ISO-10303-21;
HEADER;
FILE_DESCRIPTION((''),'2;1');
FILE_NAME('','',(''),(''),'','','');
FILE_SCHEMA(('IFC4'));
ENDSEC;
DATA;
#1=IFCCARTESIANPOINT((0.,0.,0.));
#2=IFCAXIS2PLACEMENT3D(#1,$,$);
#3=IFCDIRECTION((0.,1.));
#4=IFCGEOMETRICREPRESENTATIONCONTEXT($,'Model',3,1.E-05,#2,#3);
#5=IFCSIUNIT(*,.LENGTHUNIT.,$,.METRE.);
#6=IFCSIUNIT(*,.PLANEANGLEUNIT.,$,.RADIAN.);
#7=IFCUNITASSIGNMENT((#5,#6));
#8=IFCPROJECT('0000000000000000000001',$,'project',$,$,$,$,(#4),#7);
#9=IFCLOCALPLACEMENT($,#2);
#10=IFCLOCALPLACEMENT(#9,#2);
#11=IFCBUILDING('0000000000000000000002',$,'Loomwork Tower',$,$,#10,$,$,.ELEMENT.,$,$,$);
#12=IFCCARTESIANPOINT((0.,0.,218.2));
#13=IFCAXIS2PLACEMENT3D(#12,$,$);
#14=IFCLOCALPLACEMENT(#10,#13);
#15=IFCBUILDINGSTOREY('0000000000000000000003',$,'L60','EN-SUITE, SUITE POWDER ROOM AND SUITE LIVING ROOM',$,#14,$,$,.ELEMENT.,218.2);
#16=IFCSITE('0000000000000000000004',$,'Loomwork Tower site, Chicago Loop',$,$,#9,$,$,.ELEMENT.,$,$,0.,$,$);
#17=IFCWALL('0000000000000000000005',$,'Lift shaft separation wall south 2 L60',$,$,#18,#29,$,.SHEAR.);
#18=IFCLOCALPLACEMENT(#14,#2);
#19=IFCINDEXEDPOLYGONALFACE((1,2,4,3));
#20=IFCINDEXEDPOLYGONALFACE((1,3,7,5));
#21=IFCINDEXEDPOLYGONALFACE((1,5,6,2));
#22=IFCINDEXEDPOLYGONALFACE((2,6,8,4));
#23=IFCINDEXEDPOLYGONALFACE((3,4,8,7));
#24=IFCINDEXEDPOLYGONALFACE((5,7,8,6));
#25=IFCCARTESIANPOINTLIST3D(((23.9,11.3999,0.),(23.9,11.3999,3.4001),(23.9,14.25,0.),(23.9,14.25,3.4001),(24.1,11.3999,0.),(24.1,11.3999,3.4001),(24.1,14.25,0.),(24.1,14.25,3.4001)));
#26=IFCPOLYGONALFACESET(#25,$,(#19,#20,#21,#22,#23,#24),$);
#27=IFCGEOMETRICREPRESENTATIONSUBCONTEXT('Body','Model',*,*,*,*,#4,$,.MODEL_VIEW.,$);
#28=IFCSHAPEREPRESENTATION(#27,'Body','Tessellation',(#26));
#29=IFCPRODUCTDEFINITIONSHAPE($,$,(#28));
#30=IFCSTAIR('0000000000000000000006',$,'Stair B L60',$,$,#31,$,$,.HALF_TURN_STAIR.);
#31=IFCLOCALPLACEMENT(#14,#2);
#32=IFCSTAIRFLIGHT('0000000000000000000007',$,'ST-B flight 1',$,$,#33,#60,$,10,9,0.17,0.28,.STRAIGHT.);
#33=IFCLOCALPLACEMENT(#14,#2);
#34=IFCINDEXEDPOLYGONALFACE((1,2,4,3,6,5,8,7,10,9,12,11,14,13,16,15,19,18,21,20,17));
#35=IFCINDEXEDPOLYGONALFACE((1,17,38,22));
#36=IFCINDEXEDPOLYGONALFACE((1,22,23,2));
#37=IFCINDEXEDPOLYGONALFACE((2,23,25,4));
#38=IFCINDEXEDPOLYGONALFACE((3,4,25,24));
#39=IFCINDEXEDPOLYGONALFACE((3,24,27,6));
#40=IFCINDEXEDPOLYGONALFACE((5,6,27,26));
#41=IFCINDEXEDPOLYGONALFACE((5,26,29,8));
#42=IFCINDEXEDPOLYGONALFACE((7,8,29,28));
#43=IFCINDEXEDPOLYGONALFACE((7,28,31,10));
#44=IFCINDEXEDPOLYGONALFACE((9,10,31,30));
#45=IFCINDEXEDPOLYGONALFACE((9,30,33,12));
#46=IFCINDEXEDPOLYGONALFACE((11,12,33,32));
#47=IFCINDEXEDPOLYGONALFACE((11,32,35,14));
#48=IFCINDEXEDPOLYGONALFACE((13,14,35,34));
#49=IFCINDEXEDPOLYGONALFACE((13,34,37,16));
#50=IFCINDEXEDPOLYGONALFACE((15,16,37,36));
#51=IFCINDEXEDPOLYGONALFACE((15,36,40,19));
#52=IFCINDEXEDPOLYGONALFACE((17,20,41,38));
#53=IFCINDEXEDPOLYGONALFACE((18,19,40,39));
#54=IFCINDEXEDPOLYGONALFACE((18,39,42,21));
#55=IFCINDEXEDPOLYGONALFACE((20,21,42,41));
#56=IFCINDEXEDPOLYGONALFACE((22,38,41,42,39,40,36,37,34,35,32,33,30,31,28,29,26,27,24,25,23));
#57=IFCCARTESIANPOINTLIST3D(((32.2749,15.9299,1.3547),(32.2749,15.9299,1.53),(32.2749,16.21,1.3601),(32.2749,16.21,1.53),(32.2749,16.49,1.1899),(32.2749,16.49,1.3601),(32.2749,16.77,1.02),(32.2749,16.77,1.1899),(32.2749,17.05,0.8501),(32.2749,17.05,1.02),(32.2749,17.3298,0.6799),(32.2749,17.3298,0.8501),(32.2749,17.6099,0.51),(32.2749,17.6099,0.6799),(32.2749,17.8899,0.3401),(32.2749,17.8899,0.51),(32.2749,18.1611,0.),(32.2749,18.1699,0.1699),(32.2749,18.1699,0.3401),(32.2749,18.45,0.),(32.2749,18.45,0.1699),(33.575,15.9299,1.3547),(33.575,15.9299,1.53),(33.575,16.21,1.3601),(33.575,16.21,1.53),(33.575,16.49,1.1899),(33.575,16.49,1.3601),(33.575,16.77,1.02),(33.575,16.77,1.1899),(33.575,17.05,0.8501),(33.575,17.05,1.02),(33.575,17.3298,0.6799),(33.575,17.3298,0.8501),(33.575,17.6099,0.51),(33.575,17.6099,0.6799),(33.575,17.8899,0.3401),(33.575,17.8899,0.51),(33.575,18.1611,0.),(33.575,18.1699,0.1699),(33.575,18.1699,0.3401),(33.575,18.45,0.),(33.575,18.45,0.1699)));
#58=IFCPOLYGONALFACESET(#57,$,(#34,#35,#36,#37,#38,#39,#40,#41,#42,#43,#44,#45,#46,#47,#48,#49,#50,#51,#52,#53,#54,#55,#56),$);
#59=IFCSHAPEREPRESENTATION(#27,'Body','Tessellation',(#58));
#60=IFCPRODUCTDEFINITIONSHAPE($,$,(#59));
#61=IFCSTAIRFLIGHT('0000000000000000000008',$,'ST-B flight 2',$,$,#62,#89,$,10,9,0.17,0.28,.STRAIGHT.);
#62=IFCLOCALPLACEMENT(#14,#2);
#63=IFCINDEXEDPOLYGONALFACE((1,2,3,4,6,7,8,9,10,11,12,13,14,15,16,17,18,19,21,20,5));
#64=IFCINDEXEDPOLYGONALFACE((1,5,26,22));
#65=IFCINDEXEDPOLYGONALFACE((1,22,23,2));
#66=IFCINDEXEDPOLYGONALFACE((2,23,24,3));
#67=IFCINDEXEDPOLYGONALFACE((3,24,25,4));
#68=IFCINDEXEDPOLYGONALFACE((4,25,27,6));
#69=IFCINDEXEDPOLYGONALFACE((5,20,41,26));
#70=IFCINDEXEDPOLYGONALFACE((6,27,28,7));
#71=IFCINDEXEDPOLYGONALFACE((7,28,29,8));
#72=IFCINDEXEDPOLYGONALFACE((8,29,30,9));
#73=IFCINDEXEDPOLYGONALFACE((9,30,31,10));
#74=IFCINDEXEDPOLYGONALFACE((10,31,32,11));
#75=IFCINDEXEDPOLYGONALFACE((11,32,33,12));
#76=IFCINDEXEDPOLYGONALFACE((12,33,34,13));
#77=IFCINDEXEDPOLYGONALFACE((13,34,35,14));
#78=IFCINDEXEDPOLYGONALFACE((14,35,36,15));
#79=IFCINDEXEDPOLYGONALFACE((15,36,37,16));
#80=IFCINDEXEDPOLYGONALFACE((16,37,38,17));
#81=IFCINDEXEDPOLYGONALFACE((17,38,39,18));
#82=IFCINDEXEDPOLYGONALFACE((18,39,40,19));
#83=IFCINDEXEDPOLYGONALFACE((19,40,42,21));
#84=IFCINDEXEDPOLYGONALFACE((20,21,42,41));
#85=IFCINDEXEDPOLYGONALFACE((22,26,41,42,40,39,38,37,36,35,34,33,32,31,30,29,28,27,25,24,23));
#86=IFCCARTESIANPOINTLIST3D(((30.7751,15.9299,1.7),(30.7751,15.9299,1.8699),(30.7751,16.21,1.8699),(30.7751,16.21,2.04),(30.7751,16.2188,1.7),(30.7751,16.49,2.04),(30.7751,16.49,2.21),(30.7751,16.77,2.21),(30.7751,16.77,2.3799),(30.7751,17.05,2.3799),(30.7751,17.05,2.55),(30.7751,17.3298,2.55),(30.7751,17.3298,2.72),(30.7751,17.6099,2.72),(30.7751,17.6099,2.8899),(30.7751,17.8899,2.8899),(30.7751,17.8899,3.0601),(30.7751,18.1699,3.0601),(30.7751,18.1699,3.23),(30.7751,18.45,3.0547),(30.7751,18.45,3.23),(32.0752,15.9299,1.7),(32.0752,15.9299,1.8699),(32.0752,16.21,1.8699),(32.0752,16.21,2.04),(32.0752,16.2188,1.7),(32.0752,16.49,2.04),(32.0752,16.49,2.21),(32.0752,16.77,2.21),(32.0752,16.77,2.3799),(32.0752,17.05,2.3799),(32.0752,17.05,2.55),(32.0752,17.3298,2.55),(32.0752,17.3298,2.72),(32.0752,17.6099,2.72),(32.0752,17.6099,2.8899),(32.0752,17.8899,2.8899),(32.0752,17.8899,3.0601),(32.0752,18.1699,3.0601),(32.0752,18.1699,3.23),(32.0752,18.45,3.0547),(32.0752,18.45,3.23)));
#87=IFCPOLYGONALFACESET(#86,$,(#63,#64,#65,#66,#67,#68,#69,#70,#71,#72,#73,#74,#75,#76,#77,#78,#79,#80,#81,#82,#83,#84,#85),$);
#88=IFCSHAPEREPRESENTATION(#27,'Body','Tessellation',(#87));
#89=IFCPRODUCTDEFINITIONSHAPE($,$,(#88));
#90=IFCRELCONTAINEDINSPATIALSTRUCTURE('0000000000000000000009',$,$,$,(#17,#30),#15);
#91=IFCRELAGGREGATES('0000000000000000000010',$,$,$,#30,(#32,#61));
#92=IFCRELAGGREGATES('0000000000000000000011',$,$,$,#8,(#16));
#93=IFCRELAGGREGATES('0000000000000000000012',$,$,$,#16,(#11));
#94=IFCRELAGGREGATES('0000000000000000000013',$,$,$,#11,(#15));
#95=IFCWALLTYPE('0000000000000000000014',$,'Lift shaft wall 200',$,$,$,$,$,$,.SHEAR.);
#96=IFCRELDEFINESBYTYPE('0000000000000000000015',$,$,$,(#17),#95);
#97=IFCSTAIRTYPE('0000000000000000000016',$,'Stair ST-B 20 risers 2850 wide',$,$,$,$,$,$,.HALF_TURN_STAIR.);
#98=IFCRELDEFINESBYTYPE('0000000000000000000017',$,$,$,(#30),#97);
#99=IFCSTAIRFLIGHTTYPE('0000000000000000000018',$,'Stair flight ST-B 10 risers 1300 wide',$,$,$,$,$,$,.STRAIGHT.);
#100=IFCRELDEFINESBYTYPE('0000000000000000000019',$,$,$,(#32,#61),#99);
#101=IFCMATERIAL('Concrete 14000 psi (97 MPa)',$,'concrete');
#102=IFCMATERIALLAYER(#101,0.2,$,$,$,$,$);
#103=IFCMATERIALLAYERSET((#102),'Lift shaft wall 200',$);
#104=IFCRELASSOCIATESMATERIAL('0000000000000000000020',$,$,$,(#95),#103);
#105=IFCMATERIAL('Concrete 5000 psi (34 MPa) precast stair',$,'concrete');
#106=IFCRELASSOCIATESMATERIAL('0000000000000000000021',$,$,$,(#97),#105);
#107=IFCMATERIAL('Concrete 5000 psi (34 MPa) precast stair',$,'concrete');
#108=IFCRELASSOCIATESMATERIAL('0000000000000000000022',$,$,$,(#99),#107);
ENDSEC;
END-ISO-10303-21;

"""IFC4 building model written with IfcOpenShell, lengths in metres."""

from ifc_helpers import new_model, si_unit, direction, frame, frame_2d, origin, place, context, subcontext, project, spatial, polyline, rectangle, outline, extrude, material, layer, layer_set, type_object, element, aggregate, save


model = new_model("IFC4")

# Units and contexts
model_context = context("Model", 3, precision=1e-05, world=origin(), true_north=direction((0.0, 1.0)))
body_context = subcontext(model_context, "Body", "Model", "MODEL_VIEW")
ifc_project = project(units=[si_unit("LENGTHUNIT", "METRE"), si_unit("PLANEANGLEUNIT", "RADIAN")], contexts=[model_context])

# Site, building, storey
site_placement = place(None, origin())
site = spatial("IfcSite", under=ifc_project, at=site_placement, Name="Loomwork Tower site, Chicago Loop", CompositionType="ELEMENT", RefElevation=0.0)
building_placement = place(site_placement, origin())
building = spatial("IfcBuilding", under=site, at=building_placement, Name="Loomwork Tower", CompositionType="ELEMENT")
storey_placement = place(building_placement, frame((0.0, 0.0, 218.2)))
storey = spatial("IfcBuildingStorey", under=building, at=storey_placement, Name="L60", Description="EN-SUITE, SUITE POWDER ROOM AND SUITE LIVING ROOM", CompositionType="ELEMENT", Elevation=218.2)

# Wall
ifc_material_1 = material(Name="Concrete 14000 psi (97 MPa)", Category="concrete")
ifc_layer_1 = layer(ifc_material_1, 0.2)
ifc_layer_set_1 = layer_set([ifc_layer_1], Name="Lift shaft wall 200")
wall_type_1 = type_object("IfcWallType", Name="Lift shaft wall 200", PredefinedType="SHEAR", material=ifc_layer_set_1)
for number, where, z_axis, x_axis, name in (
    (1, (24.0, 11.3999, 0.0), (0.0, 0.0, 1.0), (0.0, 1.0, 0.0), "Lift shaft separation wall south 2 L60"),
):
    element("IfcWall", number, at=place(storey_placement, frame(where, z_axis=z_axis, x_axis=x_axis)), inside=storey, type_object=wall_type_1, Name=name, PredefinedType="SHEAR", context=body_context, shape_type="SweptSolid", body=[
        extrude(rectangle(XDim=2.8501, YDim=0.2, at=frame_2d((1.425, 0.0))), origin(), (0.0, 0.0, 1.0), 3.4001),
    ])

# Stair, stair flights
ifc_material_2 = material(Name="Concrete 5000 psi (34 MPa) precast stair", Category="concrete")
stair_type = type_object("IfcStairType", Name="Stair ST-B 20 risers 2850 wide", PredefinedType="HALF_TURN_STAIR", material=ifc_material_2)
stair_placement = place(storey_placement, origin())
stair = element("IfcStair", 2, at=stair_placement, inside=storey, type_object=stair_type, Name="Stair B L60", PredefinedType="HALF_TURN_STAIR")
ifc_material_3 = material(Name="Concrete 5000 psi (34 MPa) precast stair", Category="concrete")
stair_flight_type = type_object("IfcStairFlightType", Name="Stair flight ST-B 10 risers 1300 wide", PredefinedType="STRAIGHT", material=ifc_material_3)
stair_flight_1_placement = place(storey_placement, frame((32.925, 18.45, 0.0), z_axis=(0.0, 0.0, 1.0), x_axis=(0.0, -1.0, 0.0)))
stair_flight_1 = element("IfcStairFlight", 3, at=stair_flight_1_placement, type_object=stair_flight_type, Name="ST-B flight 1", NumberOfRisers=10, NumberOfTreads=9, PredefinedType="STRAIGHT", RiserHeight=0.17, TreadLength=0.28, context=body_context, shape_type="SweptSolid", body=[
    extrude(outline(polyline([(0.0, 0.0), (0.0, 0.1699), (0.28, 0.1699), (0.28, 0.3401), (0.5601, 0.3401), (0.5601, 0.51), (0.8401, 0.51), (0.8401, 0.6799), (1.1201, 0.6799), (1.1201, 0.8501), (1.3999, 0.8501), (1.3999, 1.02), (1.6799, 1.02), (1.6799, 1.1899), (1.96, 1.1899), (1.96, 1.3601), (2.24, 1.3601), (2.24, 1.53), (2.52, 1.53), (2.52, 1.7), (2.52, 1.3547), (0.2888, 0.0), (0.0, 0.0)])), frame((0.0, 0.6499, 0.0), z_axis=(0.0, -1.0, 0.0), x_axis=(1.0, 0.0, 0.0)), (0.0, 0.0, 1.0), 1.3),
])
stair_flight_2_placement = place(storey_placement, frame((31.425, 15.9299, 1.7), z_axis=(0.0, 0.0, 1.0), x_axis=(0.0, 1.0, 0.0)))
stair_flight_2 = element("IfcStairFlight", 4, at=stair_flight_2_placement, type_object=stair_flight_type, Name="ST-B flight 2", NumberOfRisers=10, NumberOfTreads=9, PredefinedType="STRAIGHT", RiserHeight=0.17, TreadLength=0.28, context=body_context, shape_type="SweptSolid", body=[
    extrude(outline(polyline([(0.0, 0.0), (0.0, 0.1699), (0.28, 0.1699), (0.28, 0.3401), (0.5601, 0.3401), (0.5601, 0.51), (0.8401, 0.51), (0.8401, 0.6799), (1.1201, 0.6799), (1.1201, 0.8501), (1.3999, 0.8501), (1.3999, 1.02), (1.6799, 1.02), (1.6799, 1.1899), (1.96, 1.1899), (1.96, 1.3601), (2.24, 1.3601), (2.24, 1.53), (2.52, 1.53), (2.52, 1.7), (2.52, 1.3547), (0.2888, 0.0), (0.0, 0.0)])), frame((0.0, 0.6499, 0.0), z_axis=(0.0, -1.0, 0.0), x_axis=(1.0, 0.0, 0.0)), (0.0, 0.0, 1.0), 1.3),
])
aggregate(stair, [stair_flight_1, stair_flight_2])

save(model, "model.ifc")
